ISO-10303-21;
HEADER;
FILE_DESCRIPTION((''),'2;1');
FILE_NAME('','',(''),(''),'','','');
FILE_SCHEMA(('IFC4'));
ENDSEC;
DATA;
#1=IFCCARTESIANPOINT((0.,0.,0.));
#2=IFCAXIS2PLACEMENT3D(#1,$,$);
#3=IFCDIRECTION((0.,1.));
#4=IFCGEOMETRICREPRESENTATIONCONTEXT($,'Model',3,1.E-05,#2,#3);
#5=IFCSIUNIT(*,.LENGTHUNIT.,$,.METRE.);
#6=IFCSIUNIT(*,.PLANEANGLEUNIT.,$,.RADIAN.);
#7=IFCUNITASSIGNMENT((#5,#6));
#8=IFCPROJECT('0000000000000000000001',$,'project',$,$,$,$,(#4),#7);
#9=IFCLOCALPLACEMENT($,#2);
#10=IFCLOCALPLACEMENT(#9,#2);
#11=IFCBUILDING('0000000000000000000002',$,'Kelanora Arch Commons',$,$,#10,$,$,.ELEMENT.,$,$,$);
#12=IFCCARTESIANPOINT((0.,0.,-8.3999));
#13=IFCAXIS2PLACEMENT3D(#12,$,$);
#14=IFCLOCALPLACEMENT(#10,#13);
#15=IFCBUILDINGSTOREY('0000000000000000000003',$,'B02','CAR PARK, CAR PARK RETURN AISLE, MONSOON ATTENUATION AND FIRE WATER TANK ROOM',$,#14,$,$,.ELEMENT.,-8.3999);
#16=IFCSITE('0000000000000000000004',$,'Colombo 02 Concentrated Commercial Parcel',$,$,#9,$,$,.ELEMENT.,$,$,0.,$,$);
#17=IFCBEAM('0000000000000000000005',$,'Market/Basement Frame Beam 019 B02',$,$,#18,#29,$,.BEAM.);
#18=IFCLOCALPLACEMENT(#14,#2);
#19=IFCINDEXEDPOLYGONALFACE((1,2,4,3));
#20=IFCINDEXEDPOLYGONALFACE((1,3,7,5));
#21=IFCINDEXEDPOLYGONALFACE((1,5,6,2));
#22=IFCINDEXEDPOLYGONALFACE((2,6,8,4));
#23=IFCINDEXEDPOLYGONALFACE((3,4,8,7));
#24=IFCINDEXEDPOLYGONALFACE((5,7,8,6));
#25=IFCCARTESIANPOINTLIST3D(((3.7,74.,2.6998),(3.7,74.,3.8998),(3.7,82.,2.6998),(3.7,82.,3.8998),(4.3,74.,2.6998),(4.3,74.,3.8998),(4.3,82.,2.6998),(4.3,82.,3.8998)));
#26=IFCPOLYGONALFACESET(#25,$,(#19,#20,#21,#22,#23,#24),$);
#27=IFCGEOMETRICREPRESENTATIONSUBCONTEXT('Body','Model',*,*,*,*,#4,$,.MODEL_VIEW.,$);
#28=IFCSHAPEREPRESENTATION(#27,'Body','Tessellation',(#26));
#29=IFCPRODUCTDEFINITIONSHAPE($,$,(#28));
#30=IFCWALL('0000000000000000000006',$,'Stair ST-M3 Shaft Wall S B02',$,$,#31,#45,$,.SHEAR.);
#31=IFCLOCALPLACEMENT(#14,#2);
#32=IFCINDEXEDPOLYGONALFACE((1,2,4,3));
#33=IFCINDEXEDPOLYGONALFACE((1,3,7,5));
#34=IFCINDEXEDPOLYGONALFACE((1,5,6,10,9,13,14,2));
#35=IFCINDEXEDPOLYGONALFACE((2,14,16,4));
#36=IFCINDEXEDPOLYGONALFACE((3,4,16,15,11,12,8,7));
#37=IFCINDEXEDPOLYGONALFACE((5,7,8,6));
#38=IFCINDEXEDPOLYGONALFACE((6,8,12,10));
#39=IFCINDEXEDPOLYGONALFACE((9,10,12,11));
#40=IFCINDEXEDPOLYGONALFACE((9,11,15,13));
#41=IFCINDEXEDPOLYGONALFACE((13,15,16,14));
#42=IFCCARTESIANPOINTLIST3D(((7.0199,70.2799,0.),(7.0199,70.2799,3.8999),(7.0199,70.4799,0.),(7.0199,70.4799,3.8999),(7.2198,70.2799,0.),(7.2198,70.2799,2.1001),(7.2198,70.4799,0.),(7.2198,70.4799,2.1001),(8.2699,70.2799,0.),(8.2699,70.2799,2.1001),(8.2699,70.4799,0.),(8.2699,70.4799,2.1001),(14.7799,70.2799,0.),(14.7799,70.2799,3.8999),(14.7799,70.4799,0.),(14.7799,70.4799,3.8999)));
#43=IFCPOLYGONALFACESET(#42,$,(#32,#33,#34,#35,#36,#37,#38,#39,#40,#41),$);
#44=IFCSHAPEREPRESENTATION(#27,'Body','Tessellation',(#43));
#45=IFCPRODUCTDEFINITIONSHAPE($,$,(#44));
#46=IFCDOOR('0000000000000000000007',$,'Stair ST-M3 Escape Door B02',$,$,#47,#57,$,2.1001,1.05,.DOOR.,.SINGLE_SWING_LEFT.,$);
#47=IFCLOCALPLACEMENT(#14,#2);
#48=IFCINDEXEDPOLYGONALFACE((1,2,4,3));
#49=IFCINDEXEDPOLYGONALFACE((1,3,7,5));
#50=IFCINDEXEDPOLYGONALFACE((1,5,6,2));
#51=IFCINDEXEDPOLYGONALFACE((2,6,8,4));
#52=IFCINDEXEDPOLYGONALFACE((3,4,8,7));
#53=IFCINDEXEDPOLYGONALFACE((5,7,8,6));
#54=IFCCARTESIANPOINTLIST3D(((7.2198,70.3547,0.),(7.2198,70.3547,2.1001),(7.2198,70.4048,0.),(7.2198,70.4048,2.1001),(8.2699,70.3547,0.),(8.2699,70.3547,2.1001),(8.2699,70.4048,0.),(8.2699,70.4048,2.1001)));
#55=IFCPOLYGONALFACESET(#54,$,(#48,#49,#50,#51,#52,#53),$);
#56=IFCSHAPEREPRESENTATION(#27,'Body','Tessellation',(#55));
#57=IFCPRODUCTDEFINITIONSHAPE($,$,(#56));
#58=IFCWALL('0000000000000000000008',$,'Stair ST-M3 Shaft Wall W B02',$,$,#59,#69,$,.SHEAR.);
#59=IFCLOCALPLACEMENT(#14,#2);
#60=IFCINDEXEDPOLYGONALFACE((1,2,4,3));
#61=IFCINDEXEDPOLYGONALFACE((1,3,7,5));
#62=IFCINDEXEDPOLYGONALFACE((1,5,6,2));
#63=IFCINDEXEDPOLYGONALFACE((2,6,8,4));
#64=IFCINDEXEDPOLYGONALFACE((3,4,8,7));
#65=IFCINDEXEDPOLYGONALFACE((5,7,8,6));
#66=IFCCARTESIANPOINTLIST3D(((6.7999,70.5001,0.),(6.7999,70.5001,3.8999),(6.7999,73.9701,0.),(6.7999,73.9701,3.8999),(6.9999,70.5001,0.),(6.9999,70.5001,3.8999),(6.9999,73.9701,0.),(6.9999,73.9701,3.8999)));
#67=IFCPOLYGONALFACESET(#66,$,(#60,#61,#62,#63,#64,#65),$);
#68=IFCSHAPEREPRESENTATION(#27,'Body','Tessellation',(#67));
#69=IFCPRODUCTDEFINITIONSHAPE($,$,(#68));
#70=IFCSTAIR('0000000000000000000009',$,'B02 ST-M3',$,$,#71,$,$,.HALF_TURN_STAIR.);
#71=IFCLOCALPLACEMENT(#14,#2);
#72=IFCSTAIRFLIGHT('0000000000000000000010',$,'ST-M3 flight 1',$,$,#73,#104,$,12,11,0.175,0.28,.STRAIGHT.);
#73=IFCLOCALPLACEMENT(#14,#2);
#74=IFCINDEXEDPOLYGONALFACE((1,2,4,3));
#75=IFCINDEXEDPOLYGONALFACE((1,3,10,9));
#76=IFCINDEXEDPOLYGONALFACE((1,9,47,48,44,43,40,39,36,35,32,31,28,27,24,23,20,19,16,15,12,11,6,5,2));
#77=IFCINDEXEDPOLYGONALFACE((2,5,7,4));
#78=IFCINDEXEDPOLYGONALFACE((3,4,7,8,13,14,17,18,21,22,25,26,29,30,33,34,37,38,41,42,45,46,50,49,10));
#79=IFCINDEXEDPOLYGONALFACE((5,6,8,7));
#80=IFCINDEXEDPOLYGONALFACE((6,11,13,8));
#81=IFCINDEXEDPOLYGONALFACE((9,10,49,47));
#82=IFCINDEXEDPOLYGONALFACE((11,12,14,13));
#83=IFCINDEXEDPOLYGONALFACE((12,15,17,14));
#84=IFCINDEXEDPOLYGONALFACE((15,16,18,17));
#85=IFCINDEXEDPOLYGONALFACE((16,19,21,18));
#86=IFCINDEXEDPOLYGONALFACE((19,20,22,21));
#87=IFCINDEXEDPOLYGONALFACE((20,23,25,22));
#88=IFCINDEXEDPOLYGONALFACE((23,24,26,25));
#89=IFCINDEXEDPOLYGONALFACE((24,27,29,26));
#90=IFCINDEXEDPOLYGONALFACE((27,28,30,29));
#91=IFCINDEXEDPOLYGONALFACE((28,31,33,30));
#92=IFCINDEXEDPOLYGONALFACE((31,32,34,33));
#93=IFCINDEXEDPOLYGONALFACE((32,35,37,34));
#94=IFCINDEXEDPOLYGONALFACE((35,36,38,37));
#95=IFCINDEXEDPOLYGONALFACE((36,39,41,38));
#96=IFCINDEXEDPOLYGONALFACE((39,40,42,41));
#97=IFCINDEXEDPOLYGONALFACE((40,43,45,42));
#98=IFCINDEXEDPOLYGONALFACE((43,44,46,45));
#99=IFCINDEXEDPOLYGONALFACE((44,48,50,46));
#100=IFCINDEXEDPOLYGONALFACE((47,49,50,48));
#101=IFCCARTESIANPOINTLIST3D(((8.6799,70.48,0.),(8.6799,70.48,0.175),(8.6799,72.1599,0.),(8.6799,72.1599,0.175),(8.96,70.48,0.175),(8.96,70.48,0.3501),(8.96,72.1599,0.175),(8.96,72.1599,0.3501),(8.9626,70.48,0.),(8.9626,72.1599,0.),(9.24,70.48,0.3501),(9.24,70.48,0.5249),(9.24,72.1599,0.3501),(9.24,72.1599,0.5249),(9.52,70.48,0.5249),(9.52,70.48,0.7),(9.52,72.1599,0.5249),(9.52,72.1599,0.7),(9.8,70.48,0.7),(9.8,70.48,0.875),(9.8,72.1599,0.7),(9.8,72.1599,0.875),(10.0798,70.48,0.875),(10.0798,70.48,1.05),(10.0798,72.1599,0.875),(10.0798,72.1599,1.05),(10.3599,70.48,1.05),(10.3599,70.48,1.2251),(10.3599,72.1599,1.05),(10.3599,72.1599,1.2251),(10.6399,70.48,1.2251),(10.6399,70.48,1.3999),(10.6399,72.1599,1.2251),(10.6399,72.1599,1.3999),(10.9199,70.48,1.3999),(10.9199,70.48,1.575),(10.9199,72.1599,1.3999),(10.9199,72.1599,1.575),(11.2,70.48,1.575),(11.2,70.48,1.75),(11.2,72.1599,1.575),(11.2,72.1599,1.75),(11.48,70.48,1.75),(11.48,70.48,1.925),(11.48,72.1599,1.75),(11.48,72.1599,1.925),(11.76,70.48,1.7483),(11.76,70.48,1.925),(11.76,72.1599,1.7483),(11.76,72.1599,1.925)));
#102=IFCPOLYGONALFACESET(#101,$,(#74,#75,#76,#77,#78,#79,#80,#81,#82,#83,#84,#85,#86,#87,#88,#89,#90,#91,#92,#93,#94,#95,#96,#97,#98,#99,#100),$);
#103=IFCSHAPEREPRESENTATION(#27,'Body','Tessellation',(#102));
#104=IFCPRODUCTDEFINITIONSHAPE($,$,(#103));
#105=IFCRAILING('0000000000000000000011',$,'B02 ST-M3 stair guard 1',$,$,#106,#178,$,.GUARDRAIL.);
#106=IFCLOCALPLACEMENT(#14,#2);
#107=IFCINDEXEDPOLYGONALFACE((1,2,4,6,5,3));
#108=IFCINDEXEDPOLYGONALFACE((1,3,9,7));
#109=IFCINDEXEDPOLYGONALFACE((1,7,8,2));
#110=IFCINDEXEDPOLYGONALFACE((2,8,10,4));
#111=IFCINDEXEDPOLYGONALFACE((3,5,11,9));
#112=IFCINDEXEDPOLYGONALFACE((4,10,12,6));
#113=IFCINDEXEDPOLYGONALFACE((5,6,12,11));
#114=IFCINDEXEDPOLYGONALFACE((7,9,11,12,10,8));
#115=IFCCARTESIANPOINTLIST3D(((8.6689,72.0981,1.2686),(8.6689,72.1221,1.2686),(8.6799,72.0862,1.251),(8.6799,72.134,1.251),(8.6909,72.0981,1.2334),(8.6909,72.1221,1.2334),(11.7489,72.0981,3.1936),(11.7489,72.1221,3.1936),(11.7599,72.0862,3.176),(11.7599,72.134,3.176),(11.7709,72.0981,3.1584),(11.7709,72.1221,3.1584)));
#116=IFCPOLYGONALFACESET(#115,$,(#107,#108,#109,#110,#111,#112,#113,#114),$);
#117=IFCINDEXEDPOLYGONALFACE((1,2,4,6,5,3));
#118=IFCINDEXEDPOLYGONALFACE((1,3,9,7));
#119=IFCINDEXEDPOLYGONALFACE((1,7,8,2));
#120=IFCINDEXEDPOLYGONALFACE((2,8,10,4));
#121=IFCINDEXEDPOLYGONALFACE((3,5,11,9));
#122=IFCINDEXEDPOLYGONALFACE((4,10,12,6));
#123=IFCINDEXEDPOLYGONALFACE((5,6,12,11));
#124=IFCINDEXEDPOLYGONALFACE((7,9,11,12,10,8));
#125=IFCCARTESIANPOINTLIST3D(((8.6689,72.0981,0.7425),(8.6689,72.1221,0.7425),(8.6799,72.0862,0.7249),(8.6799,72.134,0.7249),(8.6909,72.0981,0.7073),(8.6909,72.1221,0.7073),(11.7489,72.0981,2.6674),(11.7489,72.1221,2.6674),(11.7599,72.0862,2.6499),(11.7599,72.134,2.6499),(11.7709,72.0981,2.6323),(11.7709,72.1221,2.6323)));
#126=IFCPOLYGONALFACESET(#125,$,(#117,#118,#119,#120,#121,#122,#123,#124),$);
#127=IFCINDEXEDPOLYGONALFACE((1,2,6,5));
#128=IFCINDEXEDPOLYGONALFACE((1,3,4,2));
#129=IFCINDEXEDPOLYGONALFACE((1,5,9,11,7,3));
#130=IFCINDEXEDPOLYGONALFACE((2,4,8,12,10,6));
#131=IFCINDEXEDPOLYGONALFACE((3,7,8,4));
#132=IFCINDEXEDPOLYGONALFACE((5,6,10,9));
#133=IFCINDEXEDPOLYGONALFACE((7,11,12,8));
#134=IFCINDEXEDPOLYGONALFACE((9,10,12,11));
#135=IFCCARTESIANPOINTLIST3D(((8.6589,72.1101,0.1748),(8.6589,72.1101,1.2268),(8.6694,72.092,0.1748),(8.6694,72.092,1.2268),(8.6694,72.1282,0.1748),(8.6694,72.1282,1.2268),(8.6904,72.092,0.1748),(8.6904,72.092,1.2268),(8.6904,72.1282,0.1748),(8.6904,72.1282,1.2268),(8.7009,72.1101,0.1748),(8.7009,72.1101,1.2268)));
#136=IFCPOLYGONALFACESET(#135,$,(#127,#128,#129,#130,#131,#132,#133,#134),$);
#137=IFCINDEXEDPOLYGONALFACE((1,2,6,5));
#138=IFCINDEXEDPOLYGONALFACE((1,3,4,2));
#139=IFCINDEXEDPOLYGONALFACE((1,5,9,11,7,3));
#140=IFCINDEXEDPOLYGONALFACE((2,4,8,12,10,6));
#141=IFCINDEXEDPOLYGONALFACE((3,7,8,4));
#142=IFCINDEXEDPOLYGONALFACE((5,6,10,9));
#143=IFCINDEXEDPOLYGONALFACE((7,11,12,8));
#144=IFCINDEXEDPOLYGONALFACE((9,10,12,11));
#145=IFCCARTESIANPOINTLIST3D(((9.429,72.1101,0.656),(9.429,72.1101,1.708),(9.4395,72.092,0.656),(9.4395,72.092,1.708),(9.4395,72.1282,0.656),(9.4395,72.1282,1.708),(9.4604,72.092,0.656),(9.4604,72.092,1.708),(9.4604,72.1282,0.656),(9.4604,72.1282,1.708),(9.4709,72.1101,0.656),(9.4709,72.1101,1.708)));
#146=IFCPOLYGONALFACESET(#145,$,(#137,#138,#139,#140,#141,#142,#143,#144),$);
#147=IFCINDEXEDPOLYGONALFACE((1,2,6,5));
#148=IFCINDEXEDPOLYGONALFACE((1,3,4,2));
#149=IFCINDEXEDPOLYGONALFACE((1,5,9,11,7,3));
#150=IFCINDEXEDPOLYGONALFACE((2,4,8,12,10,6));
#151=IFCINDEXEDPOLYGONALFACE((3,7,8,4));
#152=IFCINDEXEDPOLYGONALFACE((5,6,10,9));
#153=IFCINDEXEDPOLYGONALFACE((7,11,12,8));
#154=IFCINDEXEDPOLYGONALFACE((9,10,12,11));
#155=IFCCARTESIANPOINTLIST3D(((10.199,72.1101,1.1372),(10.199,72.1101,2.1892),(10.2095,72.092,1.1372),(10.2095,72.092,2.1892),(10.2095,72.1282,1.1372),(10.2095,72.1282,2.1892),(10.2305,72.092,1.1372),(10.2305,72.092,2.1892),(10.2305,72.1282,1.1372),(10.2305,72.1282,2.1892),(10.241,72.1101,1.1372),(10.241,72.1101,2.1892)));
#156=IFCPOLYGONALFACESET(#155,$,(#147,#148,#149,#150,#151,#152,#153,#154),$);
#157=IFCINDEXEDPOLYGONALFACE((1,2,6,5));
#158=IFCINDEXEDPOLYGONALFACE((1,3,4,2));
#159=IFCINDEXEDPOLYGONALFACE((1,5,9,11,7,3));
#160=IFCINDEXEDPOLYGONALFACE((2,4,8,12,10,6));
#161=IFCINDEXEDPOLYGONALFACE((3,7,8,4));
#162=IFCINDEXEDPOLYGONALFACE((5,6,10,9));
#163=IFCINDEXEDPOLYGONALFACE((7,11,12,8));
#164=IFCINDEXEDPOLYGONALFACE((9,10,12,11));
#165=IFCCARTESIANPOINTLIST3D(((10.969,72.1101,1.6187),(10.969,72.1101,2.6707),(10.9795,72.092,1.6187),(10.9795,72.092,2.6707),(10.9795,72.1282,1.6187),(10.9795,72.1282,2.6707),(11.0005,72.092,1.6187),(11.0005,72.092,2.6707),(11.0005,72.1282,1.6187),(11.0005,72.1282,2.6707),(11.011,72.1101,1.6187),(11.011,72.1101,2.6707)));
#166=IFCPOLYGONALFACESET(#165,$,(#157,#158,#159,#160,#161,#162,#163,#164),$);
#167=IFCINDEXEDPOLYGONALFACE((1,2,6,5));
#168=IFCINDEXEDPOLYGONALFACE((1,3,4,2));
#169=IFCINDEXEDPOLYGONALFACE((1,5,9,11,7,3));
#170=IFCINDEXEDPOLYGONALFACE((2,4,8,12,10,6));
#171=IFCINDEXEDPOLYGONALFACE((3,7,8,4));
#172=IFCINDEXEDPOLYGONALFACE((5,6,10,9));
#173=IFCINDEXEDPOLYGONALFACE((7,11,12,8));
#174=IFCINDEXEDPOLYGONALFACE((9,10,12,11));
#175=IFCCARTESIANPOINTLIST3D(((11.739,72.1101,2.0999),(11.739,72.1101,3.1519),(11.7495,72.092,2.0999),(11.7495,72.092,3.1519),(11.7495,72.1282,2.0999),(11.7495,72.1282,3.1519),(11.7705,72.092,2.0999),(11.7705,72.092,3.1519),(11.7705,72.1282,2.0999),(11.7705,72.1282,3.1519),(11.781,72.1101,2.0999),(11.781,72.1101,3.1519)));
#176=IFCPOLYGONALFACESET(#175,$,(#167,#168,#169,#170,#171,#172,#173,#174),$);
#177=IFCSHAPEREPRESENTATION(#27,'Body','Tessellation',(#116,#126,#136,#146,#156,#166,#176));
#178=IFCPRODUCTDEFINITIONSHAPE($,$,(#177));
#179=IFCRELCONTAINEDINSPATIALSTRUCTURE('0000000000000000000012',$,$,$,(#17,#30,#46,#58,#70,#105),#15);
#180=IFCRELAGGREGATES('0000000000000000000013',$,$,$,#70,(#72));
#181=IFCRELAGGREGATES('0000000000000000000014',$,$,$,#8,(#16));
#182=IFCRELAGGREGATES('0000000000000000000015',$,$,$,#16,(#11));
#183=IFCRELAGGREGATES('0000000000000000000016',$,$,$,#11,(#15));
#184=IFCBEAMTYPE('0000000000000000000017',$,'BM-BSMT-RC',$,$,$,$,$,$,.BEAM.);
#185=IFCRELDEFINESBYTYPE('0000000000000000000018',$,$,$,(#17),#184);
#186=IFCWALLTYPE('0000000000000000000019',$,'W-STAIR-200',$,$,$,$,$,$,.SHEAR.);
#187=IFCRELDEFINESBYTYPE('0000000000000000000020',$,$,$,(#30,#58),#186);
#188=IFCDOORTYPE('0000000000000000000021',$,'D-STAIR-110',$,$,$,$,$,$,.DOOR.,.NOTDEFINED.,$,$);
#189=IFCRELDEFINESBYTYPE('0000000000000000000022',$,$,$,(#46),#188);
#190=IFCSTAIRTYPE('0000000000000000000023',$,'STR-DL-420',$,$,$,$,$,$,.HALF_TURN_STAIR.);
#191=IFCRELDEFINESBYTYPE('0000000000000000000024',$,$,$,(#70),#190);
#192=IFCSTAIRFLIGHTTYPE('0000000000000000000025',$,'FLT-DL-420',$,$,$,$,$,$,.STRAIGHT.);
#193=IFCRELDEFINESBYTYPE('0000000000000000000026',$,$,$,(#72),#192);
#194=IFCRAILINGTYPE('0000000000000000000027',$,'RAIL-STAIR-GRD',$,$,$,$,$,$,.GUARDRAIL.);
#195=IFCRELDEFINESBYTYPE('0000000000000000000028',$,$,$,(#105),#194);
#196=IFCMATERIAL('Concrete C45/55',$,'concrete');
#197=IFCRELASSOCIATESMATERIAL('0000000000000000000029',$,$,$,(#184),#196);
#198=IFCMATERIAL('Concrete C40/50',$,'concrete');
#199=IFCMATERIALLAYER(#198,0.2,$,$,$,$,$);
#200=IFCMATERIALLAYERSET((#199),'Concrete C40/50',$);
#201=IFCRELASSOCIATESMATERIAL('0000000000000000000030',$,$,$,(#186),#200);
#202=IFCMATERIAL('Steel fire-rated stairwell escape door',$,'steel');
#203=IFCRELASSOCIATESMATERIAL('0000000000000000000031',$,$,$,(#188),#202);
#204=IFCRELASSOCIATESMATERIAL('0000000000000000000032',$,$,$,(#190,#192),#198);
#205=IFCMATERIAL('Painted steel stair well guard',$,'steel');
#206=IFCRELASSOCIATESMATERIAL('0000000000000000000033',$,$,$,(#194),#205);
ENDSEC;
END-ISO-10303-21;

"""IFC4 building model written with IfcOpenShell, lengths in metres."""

from ifc_helpers import new_model, si_unit, direction, frame, frame_2d, origin, origin_2d, place, context, subcontext, project, spatial, polyline, rectangle, outline, extrude, material, layer, layer_set, material_profile, profile_set, type_object, element, fill, aggregate, save


model = new_model("IFC4")

# Units and contexts
model_context = context("Model", 3, precision=1e-05, world=origin(), true_north=direction((0.0, 1.0)))
body_context = subcontext(model_context, "Body", "Model", "MODEL_VIEW")
ifc_project = project(units=[si_unit("LENGTHUNIT", "METRE"), si_unit("PLANEANGLEUNIT", "RADIAN")], contexts=[model_context])

# Site, building, storey
site_placement = place(None, origin())
site = spatial("IfcSite", under=ifc_project, at=site_placement, Name="Colombo 02 Concentrated Commercial Parcel", CompositionType="ELEMENT", RefElevation=0.0)
building_placement = place(site_placement, origin())
building = spatial("IfcBuilding", under=site, at=building_placement, Name="Kelanora Arch Commons", CompositionType="ELEMENT")
storey_placement = place(building_placement, frame((0.0, 0.0, -8.3999)))
storey = spatial("IfcBuildingStorey", under=building, at=storey_placement, Name="B02", Description="CAR PARK, CAR PARK RETURN AISLE, MONSOON ATTENUATION AND FIRE WATER TANK ROOM", CompositionType="ELEMENT", Elevation=-8.3999)

# Shared definitions
ifc_material_1 = material(Name="Concrete C40/50", Category="concrete")

# Shared definitions
ifc_material_2 = material(Name="Concrete C45/55", Category="concrete")

# Beam
ifc_material_profile_1 = material_profile(ifc_material_2, rectangle(XDim=0.6001, YDim=1.2, at=origin_2d()), Name="RCB600x1200")
ifc_profile_set_1 = profile_set([ifc_material_profile_1], Name="Concrete C45/55")
beam_type = type_object("IfcBeamType", Name="BM-BSMT-RC", PredefinedType="BEAM", material=ifc_profile_set_1)
beam_placement = place(storey_placement, frame((4.0, 74.0, 3.2998), z_axis=(0.0, 1.0, 0.0), x_axis=(-1.0, 0.0, 0.0)))
element("IfcBeam", 1, at=beam_placement, inside=storey, type_object=beam_type, Name="Market/Basement Frame Beam 019 B02", PredefinedType="BEAM", context=body_context, shape_type="SweptSolid", body=[
    extrude(rectangle(XDim=0.6001, YDim=1.2, at=origin_2d()), origin(), (0.0, 0.0, 1.0), 8.0),
])

# Wall, opening, door
ifc_layer = layer(ifc_material_1, 0.2)
ifc_layer_set = layer_set([ifc_layer], Name="Concrete C40/50")
wall_type = type_object("IfcWallType", Name="W-STAIR-200", PredefinedType="SHEAR", material=ifc_layer_set)
wall_1_placement = place(storey_placement, frame((7.02, 70.3799, 0.0), z_axis=(0.0, 0.0, 1.0), x_axis=(1.0, 0.0, 0.0)))
wall_1 = element("IfcWall", 2, at=wall_1_placement, inside=storey, type_object=wall_type, Name="Stair ST-M3 Shaft Wall S B02", PredefinedType="SHEAR", context=body_context, shape_type="SweptSolid", body=[
    extrude(rectangle(XDim=7.76, YDim=0.2, at=frame_2d((3.8799, 0.0))), origin(), (0.0, 0.0, 1.0), 3.8999),
])
opening_placement = place(wall_1_placement, frame((0.2, 0.0, 0.0)))
opening = element("IfcOpeningElement", 3, at=opening_placement, cuts=wall_1, PredefinedType="OPENING", context=body_context, shape_type="SweptSolid", body=[
    extrude(rectangle(XDim=1.05, YDim=2.1001, at=frame_2d((0.5249, 1.05))), frame((0.0, 0.1099, 0.0), z_axis=(0.0, -1.0, 0.0), x_axis=(1.0, 0.0, 0.0)), (0.0, 0.0, 1.0), 0.22),
])
ifc_material_3 = material(Name="Steel fire-rated stairwell escape door", Category="steel")
door_type = type_object("IfcDoorType", Name="D-STAIR-110", OperationType="NOTDEFINED", PredefinedType="DOOR", material=ifc_material_3)
door_placement = place(opening_placement, origin())
door = element("IfcDoor", 4, at=door_placement, inside=storey, type_object=door_type, Name="Stair ST-M3 Escape Door B02", OperationType="SINGLE_SWING_LEFT", OverallHeight=2.1001, OverallWidth=1.05, PredefinedType="DOOR", context=body_context, shape_type="SweptSolid", body=[
    extrude(rectangle(XDim=1.05, YDim=2.1001, at=frame_2d((0.5249, 1.05))), frame((0.0, 0.0249, 0.0), z_axis=(0.0, -1.0, 0.0), x_axis=(1.0, 0.0, 0.0)), (0.0, 0.0, 1.0), 0.05),
])
fill(opening, door)

# Wall
wall_2_placement = place(storey_placement, frame((6.8999, 73.97, 0.0), z_axis=(0.0, 0.0, 1.0), x_axis=(0.0, -1.0, 0.0)))
element("IfcWall", 5, at=wall_2_placement, inside=storey, type_object=wall_type, Name="Stair ST-M3 Shaft Wall W B02", PredefinedType="SHEAR", context=body_context, shape_type="SweptSolid", body=[
    extrude(rectangle(XDim=3.47, YDim=0.2, at=frame_2d((1.7349, 0.0))), origin(), (0.0, 0.0, 1.0), 3.8999),
])

# Stair, stair flight
stair_type = type_object("IfcStairType", Name="STR-DL-420", PredefinedType="HALF_TURN_STAIR", material=ifc_material_1)
stair_placement = place(storey_placement, origin())
stair = element("IfcStair", 6, at=stair_placement, inside=storey, type_object=stair_type, Name="B02 ST-M3", PredefinedType="HALF_TURN_STAIR")
stair_flight_type = type_object("IfcStairFlightType", Name="FLT-DL-420", PredefinedType="STRAIGHT", material=ifc_material_1)
stair_flight_placement = place(storey_placement, frame((8.6799, 71.3201, 0.0), z_axis=(0.0, 0.0, 1.0), x_axis=(1.0, 0.0, 0.0)))
stair_flight = element("IfcStairFlight", 7, at=stair_flight_placement, type_object=stair_flight_type, Name="ST-M3 flight 1", NumberOfRisers=12, NumberOfTreads=11, PredefinedType="STRAIGHT", RiserHeight=0.175, TreadLength=0.28, context=body_context, shape_type="SweptSolid", body=[
    extrude(outline(polyline([(0.0, 0.0), (0.0, 0.175), (0.28, 0.175), (0.28, 0.3501), (0.5601, 0.3501), (0.5601, 0.5249), (0.8401, 0.5249), (0.8401, 0.7), (1.1201, 0.7), (1.1201, 0.875), (1.3999, 0.875), (1.3999, 1.05), (1.6799, 1.05), (1.6799, 1.2251), (1.96, 1.2251), (1.96, 1.3999), (2.24, 1.3999), (2.24, 1.575), (2.52, 1.575), (2.52, 1.75), (2.8, 1.75), (2.8, 1.925), (3.0801, 1.925), (3.0801, 2.1001), (3.0801, 1.7483), (0.2827, 0.0), (0.0, 0.0)])), frame((0.0, 0.8398, 0.0), z_axis=(0.0, -1.0, 0.0), x_axis=(1.0, 0.0, 0.0)), (0.0, 0.0, 1.0), 1.6799),
])
aggregate(stair, [stair_flight])

# Railing
ifc_material_4 = material(Name="Painted steel stair well guard", Category="steel")
railing_type_1 = type_object("IfcRailingType", Name="RAIL-STAIR-GRD", PredefinedType="GUARDRAIL", material=ifc_material_4)
railing_1_placement = place(storey_placement, frame((8.6799, 72.1101, 0.1748)))
element("IfcRailing", 8, at=railing_1_placement, inside=storey, type_object=railing_type_1, Name="B02 ST-M3 stair guard 1", PredefinedType="GUARDRAIL", context=body_context, shape_type="SweptSolid", body=[
    extrude(outline(polyline([(0.0239, 0.0), (0.012, 0.0208), (-0.012, 0.0208), (-0.0239, 0.0), (-0.012, -0.0208), (0.012, -0.0208), (0.0239, 0.0)])), frame((0.0, 0.0, 1.0762), z_axis=(0.847998, 0.0, 0.529999), x_axis=(0.0, 1.0, 0.0)), (0.0, 0.0, 1.0), 3.6321),
    extrude(outline(polyline([(0.0239, 0.0), (0.012, 0.0208), (-0.012, 0.0208), (-0.0239, 0.0), (-0.012, -0.0208), (0.012, -0.0208), (0.0239, 0.0)])), frame((0.0, 0.0, 0.55), z_axis=(0.847998, 0.0, 0.529999), x_axis=(0.0, 1.0, 0.0)), (0.0, 0.0, 1.0), 3.6321),
    extrude(outline(polyline([(0.021, 0.0), (0.0105, 0.0181), (-0.0105, 0.0181), (-0.021, 0.0), (-0.0105, -0.0181), (0.0105, -0.0181), (0.021, 0.0)])), origin(), (0.0, 0.0, 1.0), 1.052),
    extrude(outline(polyline([(0.021, 0.0), (0.0105, 0.0181), (-0.0105, 0.0181), (-0.021, 0.0), (-0.0105, -0.0181), (0.0105, -0.0181), (0.021, 0.0)])), frame((0.77, 0.0, 0.4812)), (0.0, 0.0, 1.0), 1.052),
    extrude(outline(polyline([(0.021, 0.0), (0.0105, 0.0181), (-0.0105, 0.0181), (-0.021, 0.0), (-0.0105, -0.0181), (0.0105, -0.0181), (0.021, 0.0)])), frame((1.54, 0.0, 0.9624)), (0.0, 0.0, 1.0), 1.052),
    extrude(outline(polyline([(0.021, 0.0), (0.0105, 0.0181), (-0.0105, 0.0181), (-0.021, 0.0), (-0.0105, -0.0181), (0.0105, -0.0181), (0.021, 0.0)])), frame((2.3101, 0.0, 1.4438)), (0.0, 0.0, 1.0), 1.052),
    extrude(outline(polyline([(0.021, 0.0), (0.0105, 0.0181), (-0.0105, 0.0181), (-0.021, 0.0), (-0.0105, -0.0181), (0.0105, -0.0181), (0.021, 0.0)])), frame((3.0801, 0.0, 1.925)), (0.0, 0.0, 1.0), 1.052),
])

save(model, "model.ifc")
